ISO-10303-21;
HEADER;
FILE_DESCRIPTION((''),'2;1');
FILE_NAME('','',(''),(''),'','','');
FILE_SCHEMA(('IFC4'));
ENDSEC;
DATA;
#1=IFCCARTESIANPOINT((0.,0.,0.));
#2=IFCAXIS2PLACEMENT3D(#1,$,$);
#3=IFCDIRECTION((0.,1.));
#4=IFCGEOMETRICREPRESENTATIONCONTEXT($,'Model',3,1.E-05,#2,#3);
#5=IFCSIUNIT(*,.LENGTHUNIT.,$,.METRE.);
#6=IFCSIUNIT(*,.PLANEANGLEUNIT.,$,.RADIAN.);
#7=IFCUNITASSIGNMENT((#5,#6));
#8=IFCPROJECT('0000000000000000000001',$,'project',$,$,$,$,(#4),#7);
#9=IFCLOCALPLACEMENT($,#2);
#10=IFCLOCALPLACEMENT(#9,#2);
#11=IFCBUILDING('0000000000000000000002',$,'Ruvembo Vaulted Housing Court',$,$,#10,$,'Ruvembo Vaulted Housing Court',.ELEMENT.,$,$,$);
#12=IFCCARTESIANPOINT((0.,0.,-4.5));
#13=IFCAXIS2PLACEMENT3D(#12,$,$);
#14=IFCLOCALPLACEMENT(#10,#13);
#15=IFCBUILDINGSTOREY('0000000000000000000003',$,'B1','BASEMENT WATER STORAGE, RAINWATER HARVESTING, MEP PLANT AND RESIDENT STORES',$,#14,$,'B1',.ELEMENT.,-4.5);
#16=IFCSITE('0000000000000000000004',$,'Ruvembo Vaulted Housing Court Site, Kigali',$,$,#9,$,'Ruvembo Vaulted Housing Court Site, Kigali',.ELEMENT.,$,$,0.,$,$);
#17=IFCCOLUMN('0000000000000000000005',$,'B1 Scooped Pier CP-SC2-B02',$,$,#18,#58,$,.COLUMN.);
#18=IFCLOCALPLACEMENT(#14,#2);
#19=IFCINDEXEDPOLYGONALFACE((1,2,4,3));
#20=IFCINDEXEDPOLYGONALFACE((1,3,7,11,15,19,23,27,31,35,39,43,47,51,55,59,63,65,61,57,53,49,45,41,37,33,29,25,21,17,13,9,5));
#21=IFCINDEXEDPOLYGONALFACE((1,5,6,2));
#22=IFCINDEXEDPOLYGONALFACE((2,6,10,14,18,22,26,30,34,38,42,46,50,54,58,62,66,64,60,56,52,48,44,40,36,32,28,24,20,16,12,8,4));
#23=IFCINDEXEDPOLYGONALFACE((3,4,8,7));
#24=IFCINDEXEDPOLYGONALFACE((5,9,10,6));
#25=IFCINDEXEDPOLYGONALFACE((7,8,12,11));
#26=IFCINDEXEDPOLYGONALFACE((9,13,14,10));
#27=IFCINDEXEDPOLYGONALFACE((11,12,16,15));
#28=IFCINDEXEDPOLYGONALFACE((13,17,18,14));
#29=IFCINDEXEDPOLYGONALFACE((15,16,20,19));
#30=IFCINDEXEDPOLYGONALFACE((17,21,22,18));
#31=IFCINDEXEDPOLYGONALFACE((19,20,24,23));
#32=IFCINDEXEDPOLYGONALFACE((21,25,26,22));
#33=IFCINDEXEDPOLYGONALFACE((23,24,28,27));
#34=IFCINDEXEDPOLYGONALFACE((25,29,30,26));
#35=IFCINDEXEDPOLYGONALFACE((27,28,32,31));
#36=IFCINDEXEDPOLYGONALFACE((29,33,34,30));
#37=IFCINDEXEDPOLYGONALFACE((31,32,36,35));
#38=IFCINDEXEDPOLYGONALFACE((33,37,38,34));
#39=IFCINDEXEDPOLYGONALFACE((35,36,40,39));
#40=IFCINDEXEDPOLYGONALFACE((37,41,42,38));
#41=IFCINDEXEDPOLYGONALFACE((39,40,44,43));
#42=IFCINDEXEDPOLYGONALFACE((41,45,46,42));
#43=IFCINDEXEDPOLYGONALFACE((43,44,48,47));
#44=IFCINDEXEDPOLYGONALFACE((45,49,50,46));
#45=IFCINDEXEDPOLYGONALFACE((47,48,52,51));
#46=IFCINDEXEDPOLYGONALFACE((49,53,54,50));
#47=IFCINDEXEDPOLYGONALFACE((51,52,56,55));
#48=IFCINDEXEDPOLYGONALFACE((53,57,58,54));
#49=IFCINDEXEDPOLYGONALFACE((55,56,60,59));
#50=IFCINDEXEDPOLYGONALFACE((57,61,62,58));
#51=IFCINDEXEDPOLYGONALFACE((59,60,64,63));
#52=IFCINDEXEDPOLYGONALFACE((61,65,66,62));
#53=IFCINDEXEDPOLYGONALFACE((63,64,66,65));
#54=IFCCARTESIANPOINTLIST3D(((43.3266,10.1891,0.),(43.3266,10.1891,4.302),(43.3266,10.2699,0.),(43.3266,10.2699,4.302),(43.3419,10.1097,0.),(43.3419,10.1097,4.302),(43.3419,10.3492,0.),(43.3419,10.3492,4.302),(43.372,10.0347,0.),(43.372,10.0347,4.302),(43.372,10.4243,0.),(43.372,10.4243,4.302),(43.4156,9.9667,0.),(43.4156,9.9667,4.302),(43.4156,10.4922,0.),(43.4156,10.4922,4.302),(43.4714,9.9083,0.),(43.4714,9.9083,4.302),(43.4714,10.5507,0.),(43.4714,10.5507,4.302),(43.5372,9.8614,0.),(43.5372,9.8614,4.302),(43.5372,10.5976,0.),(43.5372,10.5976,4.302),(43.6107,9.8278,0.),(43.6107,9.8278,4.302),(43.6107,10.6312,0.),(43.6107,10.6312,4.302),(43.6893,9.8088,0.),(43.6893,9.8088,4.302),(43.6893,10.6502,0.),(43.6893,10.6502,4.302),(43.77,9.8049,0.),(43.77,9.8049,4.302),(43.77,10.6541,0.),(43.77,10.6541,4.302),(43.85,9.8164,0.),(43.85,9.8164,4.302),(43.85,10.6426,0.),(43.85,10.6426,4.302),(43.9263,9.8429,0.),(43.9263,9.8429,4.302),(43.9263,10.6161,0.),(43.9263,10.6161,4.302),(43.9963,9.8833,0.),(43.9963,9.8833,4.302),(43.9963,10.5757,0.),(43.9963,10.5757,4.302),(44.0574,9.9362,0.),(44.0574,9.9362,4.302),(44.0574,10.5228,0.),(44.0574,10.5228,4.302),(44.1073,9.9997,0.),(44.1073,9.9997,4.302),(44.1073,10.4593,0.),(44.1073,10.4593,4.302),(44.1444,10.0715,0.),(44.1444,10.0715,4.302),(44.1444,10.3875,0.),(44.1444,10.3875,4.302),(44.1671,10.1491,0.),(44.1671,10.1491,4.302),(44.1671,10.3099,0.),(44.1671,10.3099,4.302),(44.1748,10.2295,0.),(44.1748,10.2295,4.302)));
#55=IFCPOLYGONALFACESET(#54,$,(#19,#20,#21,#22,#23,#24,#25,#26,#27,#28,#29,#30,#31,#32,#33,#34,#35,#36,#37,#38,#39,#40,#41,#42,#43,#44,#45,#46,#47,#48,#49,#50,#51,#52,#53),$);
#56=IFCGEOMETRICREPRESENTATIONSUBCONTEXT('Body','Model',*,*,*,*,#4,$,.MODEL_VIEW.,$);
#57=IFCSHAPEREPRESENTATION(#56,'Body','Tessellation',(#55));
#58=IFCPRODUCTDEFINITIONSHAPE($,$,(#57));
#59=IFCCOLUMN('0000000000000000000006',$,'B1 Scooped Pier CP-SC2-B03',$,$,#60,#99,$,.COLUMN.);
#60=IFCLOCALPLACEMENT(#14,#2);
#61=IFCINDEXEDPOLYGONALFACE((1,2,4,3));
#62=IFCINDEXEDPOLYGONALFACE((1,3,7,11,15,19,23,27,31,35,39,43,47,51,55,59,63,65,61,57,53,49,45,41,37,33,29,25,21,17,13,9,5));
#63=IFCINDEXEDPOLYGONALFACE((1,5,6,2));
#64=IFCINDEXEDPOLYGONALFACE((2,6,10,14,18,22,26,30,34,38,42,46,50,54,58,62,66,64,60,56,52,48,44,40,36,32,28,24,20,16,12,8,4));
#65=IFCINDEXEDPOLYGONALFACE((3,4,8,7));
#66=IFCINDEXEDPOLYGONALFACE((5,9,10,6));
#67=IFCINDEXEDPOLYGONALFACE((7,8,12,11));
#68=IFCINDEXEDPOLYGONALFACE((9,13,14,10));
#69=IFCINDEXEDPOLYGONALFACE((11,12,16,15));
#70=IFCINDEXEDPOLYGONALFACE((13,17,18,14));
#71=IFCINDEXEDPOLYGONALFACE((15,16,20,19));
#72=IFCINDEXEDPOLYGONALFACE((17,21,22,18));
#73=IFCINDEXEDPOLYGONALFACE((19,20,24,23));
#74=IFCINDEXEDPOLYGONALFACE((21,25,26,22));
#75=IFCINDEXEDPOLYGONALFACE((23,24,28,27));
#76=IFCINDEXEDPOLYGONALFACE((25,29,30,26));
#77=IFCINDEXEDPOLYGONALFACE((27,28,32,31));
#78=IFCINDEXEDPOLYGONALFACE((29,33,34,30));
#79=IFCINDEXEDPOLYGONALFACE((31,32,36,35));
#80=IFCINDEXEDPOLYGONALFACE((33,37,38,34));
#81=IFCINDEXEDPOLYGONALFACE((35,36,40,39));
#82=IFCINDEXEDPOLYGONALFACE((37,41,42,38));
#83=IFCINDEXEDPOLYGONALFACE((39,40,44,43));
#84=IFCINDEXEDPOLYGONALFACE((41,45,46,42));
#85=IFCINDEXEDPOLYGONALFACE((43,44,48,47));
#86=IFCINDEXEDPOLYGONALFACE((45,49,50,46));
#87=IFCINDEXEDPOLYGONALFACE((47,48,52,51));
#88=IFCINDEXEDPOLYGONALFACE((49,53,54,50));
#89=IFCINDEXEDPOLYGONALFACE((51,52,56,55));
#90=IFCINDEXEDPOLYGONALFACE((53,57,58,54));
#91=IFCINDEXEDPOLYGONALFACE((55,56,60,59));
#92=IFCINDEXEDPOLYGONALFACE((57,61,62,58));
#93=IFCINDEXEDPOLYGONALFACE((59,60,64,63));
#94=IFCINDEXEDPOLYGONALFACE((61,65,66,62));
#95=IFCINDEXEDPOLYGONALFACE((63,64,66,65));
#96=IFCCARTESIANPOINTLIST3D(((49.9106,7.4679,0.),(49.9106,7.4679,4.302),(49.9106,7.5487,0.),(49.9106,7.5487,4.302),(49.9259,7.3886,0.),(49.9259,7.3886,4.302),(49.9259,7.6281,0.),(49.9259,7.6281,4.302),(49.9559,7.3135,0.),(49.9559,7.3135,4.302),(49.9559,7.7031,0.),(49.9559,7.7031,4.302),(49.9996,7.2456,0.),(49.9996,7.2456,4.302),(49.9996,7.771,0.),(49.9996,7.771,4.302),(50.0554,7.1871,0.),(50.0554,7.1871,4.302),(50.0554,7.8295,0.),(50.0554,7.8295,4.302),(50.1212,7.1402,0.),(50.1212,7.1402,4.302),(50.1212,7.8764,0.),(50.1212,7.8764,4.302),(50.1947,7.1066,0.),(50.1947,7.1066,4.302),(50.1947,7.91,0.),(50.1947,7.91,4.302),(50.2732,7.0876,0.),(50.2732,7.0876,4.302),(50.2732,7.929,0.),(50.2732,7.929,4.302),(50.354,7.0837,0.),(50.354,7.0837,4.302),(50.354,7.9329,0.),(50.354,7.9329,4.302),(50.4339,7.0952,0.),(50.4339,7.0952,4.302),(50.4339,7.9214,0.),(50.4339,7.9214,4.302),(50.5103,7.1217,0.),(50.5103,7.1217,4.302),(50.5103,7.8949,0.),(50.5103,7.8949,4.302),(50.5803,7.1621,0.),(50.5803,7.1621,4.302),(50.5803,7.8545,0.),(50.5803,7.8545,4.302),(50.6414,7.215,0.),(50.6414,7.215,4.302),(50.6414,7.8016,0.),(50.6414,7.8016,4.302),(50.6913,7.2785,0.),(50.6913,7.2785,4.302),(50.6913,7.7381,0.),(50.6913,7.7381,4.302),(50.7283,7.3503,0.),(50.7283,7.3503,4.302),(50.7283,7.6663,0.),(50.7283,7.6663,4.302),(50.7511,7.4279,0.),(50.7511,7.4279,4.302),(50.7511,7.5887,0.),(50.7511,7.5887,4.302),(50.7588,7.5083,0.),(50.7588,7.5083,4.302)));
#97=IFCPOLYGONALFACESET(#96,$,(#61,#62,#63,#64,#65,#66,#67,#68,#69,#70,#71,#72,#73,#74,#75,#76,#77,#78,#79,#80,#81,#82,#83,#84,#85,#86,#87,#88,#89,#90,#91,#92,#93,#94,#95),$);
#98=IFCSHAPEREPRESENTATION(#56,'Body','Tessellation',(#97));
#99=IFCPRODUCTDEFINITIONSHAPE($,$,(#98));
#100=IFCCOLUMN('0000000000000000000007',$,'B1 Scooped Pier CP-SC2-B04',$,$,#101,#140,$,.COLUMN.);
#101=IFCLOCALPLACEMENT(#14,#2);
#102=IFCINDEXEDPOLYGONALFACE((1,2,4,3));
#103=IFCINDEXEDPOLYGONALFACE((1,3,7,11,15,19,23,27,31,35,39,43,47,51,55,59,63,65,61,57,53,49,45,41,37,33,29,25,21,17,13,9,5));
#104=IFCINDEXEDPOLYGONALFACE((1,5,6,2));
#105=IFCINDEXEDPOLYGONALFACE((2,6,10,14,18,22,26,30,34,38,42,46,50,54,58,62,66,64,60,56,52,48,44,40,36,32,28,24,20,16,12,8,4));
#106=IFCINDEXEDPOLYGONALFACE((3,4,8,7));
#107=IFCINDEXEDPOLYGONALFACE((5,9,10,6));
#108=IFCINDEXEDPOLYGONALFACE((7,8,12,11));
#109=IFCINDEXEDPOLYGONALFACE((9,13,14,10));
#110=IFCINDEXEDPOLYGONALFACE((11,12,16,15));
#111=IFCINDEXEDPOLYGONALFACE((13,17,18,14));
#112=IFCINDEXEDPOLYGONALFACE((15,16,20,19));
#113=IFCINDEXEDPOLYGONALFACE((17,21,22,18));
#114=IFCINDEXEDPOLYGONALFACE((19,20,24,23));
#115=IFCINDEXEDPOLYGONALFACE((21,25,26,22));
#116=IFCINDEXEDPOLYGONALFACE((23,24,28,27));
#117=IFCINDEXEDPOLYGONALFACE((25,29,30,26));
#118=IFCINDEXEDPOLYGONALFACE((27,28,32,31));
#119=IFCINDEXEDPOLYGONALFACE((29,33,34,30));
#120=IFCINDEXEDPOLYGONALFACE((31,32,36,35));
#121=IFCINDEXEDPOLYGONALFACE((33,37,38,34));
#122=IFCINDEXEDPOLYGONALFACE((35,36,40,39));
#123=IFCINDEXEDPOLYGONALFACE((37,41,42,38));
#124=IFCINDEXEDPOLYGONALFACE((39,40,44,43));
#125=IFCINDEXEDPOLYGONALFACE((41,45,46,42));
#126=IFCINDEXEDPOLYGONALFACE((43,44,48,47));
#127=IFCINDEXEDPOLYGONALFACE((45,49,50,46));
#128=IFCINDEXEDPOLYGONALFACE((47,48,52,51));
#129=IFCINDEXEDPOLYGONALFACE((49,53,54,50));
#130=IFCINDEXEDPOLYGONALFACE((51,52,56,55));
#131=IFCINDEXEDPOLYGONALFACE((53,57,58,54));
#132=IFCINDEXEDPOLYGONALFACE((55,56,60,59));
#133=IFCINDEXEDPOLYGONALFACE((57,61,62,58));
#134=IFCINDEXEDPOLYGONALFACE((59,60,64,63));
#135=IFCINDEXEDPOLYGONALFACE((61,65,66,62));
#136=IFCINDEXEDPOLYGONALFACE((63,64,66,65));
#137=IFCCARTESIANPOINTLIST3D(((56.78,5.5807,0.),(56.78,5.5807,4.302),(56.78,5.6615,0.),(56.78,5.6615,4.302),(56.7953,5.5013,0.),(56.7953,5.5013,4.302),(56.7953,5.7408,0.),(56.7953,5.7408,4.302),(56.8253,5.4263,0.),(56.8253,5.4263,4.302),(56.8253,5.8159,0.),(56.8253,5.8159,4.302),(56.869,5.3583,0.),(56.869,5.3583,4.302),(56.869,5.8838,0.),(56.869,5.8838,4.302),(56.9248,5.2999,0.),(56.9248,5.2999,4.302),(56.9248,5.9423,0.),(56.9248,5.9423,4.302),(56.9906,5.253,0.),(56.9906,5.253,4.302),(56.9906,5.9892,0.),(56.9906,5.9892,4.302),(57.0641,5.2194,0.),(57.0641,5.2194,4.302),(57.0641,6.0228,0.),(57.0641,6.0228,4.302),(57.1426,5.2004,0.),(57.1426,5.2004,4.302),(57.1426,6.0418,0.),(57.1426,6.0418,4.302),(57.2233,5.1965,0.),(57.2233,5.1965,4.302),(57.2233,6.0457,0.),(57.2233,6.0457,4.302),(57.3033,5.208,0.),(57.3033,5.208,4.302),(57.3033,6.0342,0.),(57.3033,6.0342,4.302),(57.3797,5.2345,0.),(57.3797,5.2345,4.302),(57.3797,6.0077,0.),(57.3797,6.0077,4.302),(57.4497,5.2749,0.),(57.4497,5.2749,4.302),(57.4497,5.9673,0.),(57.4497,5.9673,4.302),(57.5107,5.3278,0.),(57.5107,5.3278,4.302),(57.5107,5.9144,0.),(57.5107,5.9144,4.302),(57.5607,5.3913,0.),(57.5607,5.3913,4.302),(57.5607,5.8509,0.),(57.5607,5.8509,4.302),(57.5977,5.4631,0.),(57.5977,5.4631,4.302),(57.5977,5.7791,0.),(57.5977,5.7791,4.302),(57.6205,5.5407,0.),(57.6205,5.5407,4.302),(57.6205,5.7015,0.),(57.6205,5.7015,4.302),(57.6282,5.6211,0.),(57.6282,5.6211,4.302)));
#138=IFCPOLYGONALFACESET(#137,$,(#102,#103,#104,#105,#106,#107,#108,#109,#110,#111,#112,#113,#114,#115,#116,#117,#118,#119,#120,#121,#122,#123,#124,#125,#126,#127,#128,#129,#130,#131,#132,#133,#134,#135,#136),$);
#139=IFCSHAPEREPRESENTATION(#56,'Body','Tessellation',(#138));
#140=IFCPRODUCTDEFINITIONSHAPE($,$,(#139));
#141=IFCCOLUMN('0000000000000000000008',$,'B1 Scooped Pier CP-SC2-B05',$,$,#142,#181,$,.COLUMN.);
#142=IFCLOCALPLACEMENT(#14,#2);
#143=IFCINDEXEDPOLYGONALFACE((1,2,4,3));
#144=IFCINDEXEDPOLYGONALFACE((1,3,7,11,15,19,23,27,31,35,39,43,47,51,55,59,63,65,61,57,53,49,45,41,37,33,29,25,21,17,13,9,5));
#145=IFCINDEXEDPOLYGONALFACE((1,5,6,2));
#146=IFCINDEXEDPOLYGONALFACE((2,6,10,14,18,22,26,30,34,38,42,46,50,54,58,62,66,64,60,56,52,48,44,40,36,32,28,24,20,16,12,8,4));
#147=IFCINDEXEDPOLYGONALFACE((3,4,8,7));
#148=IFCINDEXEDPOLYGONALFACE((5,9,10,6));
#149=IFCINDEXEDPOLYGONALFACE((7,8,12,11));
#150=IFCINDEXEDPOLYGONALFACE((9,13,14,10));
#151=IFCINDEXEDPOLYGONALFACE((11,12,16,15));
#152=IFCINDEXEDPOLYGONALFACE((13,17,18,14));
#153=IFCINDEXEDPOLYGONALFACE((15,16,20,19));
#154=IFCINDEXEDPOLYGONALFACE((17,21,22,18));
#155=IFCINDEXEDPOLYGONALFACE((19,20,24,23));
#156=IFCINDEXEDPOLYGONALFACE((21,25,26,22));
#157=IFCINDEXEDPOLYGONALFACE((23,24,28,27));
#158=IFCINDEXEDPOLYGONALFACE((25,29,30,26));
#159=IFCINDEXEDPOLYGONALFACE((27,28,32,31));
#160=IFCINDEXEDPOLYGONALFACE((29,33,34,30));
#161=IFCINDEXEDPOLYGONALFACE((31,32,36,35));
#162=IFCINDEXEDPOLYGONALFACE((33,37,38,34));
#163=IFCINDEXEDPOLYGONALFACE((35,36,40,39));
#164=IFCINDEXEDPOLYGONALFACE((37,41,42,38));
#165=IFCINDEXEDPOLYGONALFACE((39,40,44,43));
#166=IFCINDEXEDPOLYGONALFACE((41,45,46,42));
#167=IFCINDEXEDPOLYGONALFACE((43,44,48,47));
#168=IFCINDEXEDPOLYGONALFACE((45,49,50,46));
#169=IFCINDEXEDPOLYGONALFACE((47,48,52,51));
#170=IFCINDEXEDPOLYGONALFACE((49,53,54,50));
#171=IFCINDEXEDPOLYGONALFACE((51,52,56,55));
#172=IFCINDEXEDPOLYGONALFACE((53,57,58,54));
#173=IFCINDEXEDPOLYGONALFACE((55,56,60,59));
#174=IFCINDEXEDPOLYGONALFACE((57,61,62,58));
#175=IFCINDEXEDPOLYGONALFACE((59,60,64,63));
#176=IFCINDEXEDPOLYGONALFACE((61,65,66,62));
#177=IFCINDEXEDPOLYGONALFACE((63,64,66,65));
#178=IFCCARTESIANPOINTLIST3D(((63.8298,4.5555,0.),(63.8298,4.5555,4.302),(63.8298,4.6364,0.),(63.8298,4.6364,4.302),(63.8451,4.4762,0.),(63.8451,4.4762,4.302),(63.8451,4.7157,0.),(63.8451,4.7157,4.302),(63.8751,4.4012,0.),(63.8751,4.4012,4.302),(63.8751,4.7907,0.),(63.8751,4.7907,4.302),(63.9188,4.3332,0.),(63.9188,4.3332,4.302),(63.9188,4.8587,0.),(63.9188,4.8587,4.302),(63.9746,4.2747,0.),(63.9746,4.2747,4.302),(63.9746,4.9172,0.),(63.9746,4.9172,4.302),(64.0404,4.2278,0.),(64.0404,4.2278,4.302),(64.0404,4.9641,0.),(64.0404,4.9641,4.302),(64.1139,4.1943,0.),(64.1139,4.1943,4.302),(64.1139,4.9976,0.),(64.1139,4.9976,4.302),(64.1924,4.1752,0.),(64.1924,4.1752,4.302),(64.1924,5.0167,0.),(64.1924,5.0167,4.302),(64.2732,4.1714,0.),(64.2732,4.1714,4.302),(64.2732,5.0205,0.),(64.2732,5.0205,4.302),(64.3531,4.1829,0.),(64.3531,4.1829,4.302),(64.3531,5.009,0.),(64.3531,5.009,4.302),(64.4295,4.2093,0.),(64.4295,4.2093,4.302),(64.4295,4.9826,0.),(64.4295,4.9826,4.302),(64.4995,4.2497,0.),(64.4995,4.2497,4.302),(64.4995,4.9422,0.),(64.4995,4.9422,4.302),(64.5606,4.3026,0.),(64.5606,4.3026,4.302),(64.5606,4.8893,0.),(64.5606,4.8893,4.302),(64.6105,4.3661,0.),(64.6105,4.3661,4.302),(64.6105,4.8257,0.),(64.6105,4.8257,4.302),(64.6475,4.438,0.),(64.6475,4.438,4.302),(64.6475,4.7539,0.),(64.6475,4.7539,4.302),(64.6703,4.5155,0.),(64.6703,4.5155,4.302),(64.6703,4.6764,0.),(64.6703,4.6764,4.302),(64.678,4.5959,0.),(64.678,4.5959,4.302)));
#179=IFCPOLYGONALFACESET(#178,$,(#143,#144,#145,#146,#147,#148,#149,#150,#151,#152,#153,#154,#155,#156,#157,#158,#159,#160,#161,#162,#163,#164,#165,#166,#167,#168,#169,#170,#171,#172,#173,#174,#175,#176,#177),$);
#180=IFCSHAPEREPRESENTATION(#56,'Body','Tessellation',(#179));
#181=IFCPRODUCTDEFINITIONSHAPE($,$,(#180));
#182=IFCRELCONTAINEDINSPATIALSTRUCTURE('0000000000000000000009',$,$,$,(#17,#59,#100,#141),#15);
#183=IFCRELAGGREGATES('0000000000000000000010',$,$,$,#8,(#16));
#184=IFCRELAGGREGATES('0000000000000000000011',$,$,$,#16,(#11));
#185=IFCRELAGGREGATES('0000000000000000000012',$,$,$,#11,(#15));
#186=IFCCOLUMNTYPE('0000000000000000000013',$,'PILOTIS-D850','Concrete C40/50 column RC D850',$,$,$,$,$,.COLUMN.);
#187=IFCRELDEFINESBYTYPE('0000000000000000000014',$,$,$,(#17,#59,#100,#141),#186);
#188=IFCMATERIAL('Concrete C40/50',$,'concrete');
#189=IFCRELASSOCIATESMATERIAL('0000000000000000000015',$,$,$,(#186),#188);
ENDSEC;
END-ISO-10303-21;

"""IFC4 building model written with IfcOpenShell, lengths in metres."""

from ifc_helpers import new_model, si_unit, direction, frame, origin, origin_2d, place, context, subcontext, project, spatial, circle, extrude, material, material_profile, profile_set, type_object, element, save


model = new_model("IFC4")

# Units and contexts
model_context = context("Model", 3, precision=1e-05, world=origin(), true_north=direction((0.0, 1.0)))
body_context = subcontext(model_context, "Body", "Model", "MODEL_VIEW")
ifc_project = project(units=[si_unit("LENGTHUNIT", "METRE"), si_unit("PLANEANGLEUNIT", "RADIAN")], contexts=[model_context])

# Site, building, storey
site_placement = place(None, origin())
site = spatial("IfcSite", under=ifc_project, at=site_placement, Name="Ruvembo Vaulted Housing Court Site, Kigali", LongName="Ruvembo Vaulted Housing Court Site, Kigali", CompositionType="ELEMENT", RefElevation=0.0)
building_placement = place(site_placement, origin())
building = spatial("IfcBuilding", under=site, at=building_placement, Name="Ruvembo Vaulted Housing Court", LongName="Ruvembo Vaulted Housing Court", CompositionType="ELEMENT")
storey_placement = place(building_placement, frame((0.0, 0.0, -4.5)))
storey = spatial("IfcBuildingStorey", under=building, at=storey_placement, Name="B1", Description="BASEMENT WATER STORAGE, RAINWATER HARVESTING, MEP PLANT AND RESIDENT STORES", LongName="B1", CompositionType="ELEMENT", Elevation=-4.5)

# Columns
ifc_material_1 = material(Name="Concrete C40/50", Category="concrete")
ifc_material_profile_1 = material_profile(ifc_material_1, circle(Radius=0.425, at=origin_2d()), Name="RC D850")
ifc_profile_set_1 = profile_set([ifc_material_profile_1], Name="Concrete C40/50")
column_type_1 = type_object("IfcColumnType", Name="PILOTIS-D850", Description="Concrete C40/50 column RC D850", PredefinedType="COLUMN", material=ifc_profile_set_1)
for number, where, z_axis, x_axis, name in (
    (1, (43.7498, 10.2295, 0.0), (0.0, 0.0, 1.0), (1.0, 0.0, 0.0), "B1 Scooped Pier CP-SC2-B02"),
    (2, (50.3337, 7.5083, 0.0), (0.0, 0.0, 1.0), (1.0, 0.0, 0.0), "B1 Scooped Pier CP-SC2-B03"),
    (3, (57.2031, 5.6211, 0.0), (0.0, 0.0, 1.0), (1.0, 0.0, 0.0), "B1 Scooped Pier CP-SC2-B04"),
    (4, (64.2529, 4.5959, 0.0), (0.0, 0.0, 1.0), (1.0, 0.0, 0.0), "B1 Scooped Pier CP-SC2-B05"),
):
    element("IfcColumn", number, at=place(storey_placement, frame(where, z_axis=z_axis, x_axis=x_axis)), inside=storey, type_object=column_type_1, Name=name, PredefinedType="COLUMN", context=body_context, shape_type="SweptSolid", body=[
        extrude(circle(Radius=0.425, at=origin_2d()), origin(), (0.0, 0.0, 1.0), 4.302),
    ])

save(model, "model.ifc")
